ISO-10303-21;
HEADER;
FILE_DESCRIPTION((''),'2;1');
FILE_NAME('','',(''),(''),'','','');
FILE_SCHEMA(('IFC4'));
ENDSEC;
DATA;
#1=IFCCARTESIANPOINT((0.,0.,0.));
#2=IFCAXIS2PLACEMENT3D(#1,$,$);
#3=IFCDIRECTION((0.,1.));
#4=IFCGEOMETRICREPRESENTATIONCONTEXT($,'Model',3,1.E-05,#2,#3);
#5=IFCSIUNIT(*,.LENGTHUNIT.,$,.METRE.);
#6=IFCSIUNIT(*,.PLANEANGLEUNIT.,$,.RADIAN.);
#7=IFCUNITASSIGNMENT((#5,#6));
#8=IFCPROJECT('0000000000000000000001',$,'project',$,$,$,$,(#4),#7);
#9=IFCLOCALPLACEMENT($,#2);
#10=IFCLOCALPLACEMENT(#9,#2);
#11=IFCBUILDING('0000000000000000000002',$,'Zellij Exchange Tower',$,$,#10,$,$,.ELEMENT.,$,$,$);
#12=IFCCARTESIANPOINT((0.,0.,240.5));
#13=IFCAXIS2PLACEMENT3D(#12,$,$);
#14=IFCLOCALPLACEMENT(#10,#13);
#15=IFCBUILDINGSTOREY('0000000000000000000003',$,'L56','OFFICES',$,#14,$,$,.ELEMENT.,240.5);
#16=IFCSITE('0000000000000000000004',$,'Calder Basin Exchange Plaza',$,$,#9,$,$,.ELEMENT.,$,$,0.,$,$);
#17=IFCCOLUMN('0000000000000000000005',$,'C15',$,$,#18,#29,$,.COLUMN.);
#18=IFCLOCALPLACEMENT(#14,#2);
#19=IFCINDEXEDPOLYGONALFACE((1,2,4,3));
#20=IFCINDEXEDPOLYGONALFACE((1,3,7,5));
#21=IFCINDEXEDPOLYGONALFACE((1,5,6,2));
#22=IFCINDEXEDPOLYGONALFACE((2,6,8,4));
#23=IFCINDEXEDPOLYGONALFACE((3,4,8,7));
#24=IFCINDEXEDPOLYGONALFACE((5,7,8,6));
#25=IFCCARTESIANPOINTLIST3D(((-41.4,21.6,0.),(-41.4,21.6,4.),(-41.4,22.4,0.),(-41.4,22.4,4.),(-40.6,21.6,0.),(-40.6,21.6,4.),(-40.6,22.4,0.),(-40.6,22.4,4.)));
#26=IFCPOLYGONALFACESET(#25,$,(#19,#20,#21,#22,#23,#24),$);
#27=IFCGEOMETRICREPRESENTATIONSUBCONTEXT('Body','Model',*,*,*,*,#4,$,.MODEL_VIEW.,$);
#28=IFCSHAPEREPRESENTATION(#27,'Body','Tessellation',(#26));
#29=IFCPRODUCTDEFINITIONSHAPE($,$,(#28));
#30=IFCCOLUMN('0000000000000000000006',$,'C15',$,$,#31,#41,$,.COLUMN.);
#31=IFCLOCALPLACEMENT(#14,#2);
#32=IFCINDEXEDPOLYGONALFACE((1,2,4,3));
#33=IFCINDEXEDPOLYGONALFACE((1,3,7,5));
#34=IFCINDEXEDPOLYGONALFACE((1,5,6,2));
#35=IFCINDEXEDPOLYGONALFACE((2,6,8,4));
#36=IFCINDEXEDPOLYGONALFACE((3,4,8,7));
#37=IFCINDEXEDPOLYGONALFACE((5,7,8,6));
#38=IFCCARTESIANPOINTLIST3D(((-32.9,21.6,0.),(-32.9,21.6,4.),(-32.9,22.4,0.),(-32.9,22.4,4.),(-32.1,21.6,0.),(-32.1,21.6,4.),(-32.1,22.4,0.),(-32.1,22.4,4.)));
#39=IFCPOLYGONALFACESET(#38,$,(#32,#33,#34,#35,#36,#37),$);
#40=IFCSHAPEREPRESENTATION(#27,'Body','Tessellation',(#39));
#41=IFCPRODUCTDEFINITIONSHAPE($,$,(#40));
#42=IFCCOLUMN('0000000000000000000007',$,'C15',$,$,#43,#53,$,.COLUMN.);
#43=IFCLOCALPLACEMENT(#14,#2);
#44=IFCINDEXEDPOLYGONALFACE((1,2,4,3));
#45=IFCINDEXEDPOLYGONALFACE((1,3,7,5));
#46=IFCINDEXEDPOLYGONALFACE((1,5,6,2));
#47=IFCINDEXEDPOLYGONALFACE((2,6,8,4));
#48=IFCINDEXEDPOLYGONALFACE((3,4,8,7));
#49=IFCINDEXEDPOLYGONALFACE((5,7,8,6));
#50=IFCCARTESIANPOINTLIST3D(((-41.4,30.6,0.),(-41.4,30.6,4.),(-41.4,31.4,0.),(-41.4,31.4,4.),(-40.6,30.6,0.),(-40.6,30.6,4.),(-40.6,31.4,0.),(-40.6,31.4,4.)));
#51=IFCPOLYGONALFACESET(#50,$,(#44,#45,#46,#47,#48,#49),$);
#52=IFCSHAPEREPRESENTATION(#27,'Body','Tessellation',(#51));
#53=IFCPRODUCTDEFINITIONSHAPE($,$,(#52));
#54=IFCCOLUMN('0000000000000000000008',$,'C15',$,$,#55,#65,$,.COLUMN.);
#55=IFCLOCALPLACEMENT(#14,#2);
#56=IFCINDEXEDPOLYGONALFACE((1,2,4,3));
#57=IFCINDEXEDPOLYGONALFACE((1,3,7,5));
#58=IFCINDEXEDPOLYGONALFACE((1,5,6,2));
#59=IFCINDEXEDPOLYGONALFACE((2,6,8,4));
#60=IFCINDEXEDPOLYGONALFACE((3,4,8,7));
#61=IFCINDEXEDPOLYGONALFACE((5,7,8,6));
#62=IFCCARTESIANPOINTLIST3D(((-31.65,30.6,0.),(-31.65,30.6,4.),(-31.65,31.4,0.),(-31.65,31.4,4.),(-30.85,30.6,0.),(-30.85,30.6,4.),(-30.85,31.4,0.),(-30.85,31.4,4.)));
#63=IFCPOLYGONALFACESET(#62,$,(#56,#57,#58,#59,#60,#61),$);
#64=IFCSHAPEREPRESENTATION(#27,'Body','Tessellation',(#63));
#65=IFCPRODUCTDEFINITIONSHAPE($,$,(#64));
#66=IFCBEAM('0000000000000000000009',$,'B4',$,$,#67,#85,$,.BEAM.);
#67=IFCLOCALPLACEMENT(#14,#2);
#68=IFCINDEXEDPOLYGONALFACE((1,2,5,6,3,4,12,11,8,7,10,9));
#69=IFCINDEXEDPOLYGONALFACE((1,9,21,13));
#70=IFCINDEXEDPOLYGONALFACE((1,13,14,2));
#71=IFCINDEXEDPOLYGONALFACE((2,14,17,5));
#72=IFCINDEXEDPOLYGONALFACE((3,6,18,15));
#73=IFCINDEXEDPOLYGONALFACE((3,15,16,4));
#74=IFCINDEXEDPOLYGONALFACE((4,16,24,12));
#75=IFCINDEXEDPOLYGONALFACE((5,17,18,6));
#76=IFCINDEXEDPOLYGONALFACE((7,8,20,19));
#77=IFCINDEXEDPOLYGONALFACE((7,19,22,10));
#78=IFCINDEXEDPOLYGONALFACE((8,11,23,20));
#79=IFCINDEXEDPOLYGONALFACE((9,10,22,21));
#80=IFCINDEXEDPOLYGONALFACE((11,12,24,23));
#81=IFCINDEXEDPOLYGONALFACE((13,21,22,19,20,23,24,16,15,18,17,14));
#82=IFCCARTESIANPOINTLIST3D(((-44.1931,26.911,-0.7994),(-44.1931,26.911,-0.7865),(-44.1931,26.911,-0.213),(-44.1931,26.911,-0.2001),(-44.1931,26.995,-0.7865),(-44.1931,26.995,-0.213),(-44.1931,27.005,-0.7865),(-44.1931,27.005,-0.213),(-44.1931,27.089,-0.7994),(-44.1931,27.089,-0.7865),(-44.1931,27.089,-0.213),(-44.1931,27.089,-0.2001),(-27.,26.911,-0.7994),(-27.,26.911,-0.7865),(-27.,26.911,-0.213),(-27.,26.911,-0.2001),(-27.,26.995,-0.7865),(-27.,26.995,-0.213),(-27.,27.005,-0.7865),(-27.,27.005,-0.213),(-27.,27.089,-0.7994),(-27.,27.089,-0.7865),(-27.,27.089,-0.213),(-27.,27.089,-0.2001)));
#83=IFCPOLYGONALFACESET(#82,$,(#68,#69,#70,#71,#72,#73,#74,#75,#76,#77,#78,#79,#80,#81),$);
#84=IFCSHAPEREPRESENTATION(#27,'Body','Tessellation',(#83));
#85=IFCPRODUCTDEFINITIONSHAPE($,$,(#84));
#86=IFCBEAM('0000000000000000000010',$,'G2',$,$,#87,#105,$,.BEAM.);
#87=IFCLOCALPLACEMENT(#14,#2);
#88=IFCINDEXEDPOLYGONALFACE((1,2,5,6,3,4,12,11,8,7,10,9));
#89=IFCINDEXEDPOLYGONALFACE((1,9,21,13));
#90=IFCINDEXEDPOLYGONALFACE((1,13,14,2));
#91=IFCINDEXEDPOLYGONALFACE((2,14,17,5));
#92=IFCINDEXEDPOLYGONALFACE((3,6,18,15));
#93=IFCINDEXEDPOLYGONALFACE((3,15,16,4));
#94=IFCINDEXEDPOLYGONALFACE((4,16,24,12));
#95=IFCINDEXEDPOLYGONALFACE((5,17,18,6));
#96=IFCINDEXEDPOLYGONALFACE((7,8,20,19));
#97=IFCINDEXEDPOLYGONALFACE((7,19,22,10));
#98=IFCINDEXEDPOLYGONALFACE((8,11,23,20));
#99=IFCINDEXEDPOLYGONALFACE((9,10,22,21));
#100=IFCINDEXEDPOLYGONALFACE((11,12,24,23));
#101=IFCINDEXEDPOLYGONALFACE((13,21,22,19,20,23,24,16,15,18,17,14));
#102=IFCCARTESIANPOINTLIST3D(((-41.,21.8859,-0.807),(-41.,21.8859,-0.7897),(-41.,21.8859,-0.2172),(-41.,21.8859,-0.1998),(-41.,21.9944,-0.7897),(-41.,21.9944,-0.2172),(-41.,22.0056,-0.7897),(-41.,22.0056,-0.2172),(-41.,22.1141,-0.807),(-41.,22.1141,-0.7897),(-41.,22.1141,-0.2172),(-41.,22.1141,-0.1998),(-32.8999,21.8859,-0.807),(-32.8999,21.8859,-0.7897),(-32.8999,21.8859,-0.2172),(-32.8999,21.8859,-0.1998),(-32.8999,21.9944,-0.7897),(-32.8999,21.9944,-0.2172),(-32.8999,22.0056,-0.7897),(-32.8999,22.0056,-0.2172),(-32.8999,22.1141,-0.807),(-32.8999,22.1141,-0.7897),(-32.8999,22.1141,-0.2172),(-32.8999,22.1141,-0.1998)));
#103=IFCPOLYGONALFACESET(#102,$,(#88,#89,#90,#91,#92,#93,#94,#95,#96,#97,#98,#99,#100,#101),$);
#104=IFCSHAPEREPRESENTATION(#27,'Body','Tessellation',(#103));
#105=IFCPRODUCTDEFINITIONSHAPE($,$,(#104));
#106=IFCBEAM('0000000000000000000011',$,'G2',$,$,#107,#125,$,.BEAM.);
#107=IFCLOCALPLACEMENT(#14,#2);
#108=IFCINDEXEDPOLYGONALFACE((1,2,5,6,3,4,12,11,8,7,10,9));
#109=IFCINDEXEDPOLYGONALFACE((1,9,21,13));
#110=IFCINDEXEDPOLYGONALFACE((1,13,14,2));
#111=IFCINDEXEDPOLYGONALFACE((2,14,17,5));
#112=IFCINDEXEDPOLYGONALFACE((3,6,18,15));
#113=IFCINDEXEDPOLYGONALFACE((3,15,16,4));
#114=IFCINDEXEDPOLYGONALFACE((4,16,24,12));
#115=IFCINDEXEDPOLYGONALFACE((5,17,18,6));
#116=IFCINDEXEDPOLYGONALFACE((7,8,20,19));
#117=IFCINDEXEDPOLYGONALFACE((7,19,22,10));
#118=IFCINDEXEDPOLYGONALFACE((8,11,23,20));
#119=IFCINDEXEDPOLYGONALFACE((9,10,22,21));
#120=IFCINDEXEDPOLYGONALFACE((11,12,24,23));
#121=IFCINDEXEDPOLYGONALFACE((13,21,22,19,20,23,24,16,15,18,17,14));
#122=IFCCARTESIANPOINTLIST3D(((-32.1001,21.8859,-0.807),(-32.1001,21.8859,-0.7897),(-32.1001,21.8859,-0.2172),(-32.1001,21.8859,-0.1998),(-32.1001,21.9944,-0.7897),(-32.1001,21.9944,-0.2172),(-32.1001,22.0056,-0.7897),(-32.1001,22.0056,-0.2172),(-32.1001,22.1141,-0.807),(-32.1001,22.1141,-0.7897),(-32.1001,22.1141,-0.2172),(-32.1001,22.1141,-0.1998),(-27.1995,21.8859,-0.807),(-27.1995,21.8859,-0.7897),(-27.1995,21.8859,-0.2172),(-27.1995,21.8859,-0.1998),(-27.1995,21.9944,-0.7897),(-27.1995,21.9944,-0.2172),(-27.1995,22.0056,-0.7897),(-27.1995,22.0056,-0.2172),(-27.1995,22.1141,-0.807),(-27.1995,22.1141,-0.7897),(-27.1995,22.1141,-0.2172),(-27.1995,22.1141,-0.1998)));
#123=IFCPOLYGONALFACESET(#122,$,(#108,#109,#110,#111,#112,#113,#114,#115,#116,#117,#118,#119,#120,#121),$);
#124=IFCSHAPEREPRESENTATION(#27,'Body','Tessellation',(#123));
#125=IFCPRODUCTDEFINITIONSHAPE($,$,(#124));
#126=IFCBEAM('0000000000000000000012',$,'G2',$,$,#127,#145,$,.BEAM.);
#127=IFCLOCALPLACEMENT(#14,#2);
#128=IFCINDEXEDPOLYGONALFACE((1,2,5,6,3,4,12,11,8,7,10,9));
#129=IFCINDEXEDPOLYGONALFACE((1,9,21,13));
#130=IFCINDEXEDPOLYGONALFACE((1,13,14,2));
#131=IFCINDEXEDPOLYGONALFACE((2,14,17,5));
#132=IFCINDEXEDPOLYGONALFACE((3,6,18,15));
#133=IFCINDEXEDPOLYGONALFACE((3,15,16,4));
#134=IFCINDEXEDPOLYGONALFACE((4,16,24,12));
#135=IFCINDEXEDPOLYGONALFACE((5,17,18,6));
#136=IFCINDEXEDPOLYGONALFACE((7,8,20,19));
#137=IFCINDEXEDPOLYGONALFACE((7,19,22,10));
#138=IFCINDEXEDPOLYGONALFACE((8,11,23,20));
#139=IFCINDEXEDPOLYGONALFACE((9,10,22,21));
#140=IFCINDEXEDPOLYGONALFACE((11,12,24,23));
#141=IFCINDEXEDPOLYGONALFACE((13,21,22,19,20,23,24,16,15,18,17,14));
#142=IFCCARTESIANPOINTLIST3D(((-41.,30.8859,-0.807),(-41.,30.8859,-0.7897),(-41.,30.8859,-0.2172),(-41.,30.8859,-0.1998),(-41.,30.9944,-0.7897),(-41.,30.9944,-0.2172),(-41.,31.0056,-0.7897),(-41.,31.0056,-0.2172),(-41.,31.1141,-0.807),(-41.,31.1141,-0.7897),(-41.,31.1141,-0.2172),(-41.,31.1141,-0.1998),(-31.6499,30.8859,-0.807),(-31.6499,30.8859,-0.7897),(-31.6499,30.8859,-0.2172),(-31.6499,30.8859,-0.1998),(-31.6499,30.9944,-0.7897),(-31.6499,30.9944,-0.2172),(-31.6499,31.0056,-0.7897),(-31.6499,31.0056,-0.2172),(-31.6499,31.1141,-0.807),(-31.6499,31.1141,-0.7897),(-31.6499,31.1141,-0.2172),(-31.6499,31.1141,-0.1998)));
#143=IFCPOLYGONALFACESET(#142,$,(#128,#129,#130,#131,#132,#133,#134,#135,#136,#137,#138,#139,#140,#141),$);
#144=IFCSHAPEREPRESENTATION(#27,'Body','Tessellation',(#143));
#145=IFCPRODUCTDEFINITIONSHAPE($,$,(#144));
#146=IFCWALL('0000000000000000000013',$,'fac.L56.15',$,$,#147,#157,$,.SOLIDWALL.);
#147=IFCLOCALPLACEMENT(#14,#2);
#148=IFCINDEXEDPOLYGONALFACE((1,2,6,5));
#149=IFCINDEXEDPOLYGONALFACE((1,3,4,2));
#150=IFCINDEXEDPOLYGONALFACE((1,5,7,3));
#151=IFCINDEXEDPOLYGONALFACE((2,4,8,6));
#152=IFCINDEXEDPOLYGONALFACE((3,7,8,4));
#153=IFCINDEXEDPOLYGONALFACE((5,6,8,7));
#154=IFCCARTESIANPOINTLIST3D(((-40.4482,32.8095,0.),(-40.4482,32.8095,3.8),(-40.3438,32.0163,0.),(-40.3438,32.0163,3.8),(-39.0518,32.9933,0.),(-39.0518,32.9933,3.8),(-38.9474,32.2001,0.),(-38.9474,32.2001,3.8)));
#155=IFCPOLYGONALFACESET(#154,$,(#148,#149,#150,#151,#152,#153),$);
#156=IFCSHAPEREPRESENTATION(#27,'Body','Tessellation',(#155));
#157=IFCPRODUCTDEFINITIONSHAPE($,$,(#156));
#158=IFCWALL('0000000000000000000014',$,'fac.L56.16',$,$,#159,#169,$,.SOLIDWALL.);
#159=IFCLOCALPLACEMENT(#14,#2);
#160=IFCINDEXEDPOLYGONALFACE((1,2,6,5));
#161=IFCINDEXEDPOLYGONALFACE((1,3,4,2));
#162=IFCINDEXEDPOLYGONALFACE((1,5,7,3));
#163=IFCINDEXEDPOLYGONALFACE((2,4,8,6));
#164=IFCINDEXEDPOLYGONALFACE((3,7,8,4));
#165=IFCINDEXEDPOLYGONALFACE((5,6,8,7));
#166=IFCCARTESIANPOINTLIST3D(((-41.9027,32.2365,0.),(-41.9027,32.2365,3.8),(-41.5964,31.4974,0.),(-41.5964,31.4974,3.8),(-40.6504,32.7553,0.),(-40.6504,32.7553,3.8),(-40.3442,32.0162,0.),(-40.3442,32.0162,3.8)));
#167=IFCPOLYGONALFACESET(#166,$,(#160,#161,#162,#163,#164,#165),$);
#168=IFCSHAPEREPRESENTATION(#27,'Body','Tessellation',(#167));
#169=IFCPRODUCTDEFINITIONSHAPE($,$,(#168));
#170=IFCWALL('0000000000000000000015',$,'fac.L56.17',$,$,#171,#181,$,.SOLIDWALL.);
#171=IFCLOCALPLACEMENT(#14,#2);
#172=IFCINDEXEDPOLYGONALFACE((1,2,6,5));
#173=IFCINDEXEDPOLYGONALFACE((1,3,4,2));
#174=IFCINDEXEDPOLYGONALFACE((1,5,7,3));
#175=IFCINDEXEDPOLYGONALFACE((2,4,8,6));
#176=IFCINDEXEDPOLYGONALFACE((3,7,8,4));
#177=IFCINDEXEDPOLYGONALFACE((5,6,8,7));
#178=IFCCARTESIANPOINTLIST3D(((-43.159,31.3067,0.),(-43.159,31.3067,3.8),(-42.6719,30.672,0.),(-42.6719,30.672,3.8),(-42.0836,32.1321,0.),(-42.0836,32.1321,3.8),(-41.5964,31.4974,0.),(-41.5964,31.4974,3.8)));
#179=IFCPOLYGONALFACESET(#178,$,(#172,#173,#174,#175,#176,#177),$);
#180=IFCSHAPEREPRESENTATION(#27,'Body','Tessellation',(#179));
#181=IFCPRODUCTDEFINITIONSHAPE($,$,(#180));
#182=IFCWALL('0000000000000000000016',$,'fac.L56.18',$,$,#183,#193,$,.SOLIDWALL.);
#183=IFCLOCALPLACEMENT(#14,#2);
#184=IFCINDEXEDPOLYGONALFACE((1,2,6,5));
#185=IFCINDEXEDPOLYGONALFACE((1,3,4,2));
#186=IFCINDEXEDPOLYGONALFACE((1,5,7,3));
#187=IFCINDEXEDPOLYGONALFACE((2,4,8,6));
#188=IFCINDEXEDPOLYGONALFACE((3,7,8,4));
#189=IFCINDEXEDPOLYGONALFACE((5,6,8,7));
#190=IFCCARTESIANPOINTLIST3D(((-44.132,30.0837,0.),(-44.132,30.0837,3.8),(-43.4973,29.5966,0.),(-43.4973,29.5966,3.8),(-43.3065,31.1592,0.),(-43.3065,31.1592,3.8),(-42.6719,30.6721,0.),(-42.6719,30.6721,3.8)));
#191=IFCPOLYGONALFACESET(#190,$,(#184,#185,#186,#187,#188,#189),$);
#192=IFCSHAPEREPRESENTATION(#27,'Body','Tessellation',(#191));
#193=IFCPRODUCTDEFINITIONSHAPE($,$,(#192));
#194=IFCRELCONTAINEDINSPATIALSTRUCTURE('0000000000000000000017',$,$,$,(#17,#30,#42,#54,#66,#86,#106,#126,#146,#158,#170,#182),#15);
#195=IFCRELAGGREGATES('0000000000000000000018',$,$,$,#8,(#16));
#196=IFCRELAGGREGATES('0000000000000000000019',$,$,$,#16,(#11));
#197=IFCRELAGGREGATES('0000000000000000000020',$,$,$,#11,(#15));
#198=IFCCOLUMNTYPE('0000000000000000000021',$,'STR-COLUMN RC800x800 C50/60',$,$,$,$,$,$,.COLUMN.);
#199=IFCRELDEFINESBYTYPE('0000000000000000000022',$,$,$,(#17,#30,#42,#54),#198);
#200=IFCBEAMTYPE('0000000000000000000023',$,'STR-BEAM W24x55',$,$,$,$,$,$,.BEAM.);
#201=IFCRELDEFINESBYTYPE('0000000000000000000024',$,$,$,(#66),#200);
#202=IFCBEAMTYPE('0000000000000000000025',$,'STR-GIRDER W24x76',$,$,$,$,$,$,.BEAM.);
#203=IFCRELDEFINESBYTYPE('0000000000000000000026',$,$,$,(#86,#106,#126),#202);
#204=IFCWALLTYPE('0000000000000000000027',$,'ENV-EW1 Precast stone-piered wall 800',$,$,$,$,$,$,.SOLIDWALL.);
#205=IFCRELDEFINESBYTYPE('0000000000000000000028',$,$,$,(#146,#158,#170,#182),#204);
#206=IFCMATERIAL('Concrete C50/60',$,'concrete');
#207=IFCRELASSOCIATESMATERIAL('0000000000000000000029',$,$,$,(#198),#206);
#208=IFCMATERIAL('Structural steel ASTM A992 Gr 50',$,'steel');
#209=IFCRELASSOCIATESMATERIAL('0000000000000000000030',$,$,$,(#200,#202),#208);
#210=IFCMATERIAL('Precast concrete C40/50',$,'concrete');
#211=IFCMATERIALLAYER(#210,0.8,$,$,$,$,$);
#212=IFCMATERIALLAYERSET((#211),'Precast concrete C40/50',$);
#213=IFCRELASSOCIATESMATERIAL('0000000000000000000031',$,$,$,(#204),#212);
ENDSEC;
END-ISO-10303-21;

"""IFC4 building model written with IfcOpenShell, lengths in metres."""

from ifc_helpers import new_model, si_unit, direction, frame, frame_2d, origin, origin_2d, place, context, subcontext, project, spatial, rectangle, i_section, extrude, material, layer, layer_set, material_profile, profile_set, type_object, element, save


model = new_model("IFC4")

# Units and contexts
model_context = context("Model", 3, precision=1e-05, world=origin(), true_north=direction((0.0, 1.0)))
body_context = subcontext(model_context, "Body", "Model", "MODEL_VIEW")
ifc_project = project(units=[si_unit("LENGTHUNIT", "METRE"), si_unit("PLANEANGLEUNIT", "RADIAN")], contexts=[model_context])

# Site, building, storey
site_placement = place(None, origin())
site = spatial("IfcSite", under=ifc_project, at=site_placement, Name="Calder Basin Exchange Plaza", CompositionType="ELEMENT", RefElevation=0.0)
building_placement = place(site_placement, origin())
building = spatial("IfcBuilding", under=site, at=building_placement, Name="Zellij Exchange Tower", CompositionType="ELEMENT")
storey_placement = place(building_placement, frame((0.0, 0.0, 240.5)))
storey = spatial("IfcBuildingStorey", under=building, at=storey_placement, Name="L56", Description="OFFICES", CompositionType="ELEMENT", Elevation=240.5)

# Columns
ifc_material_1 = material(Name="Concrete C50/60", Category="concrete")
ifc_material_profile_1 = material_profile(ifc_material_1, rectangle(XDim=0.8, YDim=0.8, at=origin_2d()), Name="STR-COLUMN RC800x800 C50/60")
ifc_profile_set_1 = profile_set([ifc_material_profile_1], Name="Concrete C50/60")
column_type = type_object("IfcColumnType", Name="STR-COLUMN RC800x800 C50/60", PredefinedType="COLUMN", material=ifc_profile_set_1)
for number, where, z_axis, x_axis, name in (
    (1, (-41.0, 22.0, 0.0), (0.0, 0.0, 1.0), (1.0, 0.0, 0.0), "C15"),
    (2, (-32.5, 22.0, 0.0), (0.0, 0.0, 1.0), (1.0, 0.0, 0.0), "C15"),
    (3, (-41.0, 31.0, 0.0), (0.0, 0.0, 1.0), (1.0, 0.0, 0.0), "C15"),
    (4, (-31.25, 31.0, 0.0), (0.0, 0.0, 1.0), (1.0, 0.0, 0.0), "C15"),
):
    element("IfcColumn", number, at=place(storey_placement, frame(where, z_axis=z_axis, x_axis=x_axis)), inside=storey, type_object=column_type, Name=name, PredefinedType="COLUMN", context=body_context, shape_type="SweptSolid", body=[
        extrude(rectangle(XDim=0.8, YDim=0.8, at=origin_2d()), origin(), (0.0, 0.0, 1.0), 4.0),
    ])

# Beams
ifc_material_2 = material(Name="Structural steel ASTM A992 Gr 50", Category="steel")
ifc_material_profile_2 = material_profile(ifc_material_2, i_section(OverallWidth=0.178, OverallDepth=0.5994, WebThickness=0.01, FlangeThickness=0.0129, at=origin_2d()), Name="W24x55")
ifc_profile_set_2 = profile_set([ifc_material_profile_2], Name="Structural steel ASTM A992 Gr 50")
beam_type_1 = type_object("IfcBeamType", Name="STR-BEAM W24x55", PredefinedType="BEAM", material=ifc_profile_set_2)
beam_1_placement = place(storey_placement, frame((-44.1931, 27.0, -0.4998), z_axis=(1.0, 0.0, 0.0), x_axis=(0.0, 1.0, 0.0)))
element("IfcBeam", 5, at=beam_1_placement, inside=storey, type_object=beam_type_1, Name="B4", PredefinedType="BEAM", context=body_context, shape_type="SweptSolid", body=[
    extrude(i_section(OverallWidth=0.178, OverallDepth=0.5994, WebThickness=0.01, FlangeThickness=0.0129, at=origin_2d()), origin(), (0.0, 0.0, 1.0), 17.1931),
])
ifc_material_profile_3 = material_profile(ifc_material_2, i_section(OverallWidth=0.2283, OverallDepth=0.6072, WebThickness=0.0112, FlangeThickness=0.0173, at=origin_2d()), Name="W24x76")
ifc_profile_set_3 = profile_set([ifc_material_profile_3], Name="Structural steel ASTM A992 Gr 50")
beam_type_2 = type_object("IfcBeamType", Name="STR-GIRDER W24x76", PredefinedType="BEAM", material=ifc_profile_set_3)
beam_2_placement = place(storey_placement, frame((-41.0, 22.0, -0.5034), z_axis=(1.0, 0.0, 0.0), x_axis=(0.0, 1.0, 0.0)))
element("IfcBeam", 6, at=beam_2_placement, inside=storey, type_object=beam_type_2, Name="G2", PredefinedType="BEAM", context=body_context, shape_type="SweptSolid", body=[
    extrude(i_section(OverallWidth=0.2283, OverallDepth=0.6072, WebThickness=0.0112, FlangeThickness=0.0173, at=origin_2d()), origin(), (0.0, 0.0, 1.0), 8.1001),
])
beam_3_placement = place(storey_placement, frame((-32.1001, 22.0, -0.5034), z_axis=(1.0, 0.0, 0.0), x_axis=(0.0, 1.0, 0.0)))
element("IfcBeam", 7, at=beam_3_placement, inside=storey, type_object=beam_type_2, Name="G2", PredefinedType="BEAM", context=body_context, shape_type="SweptSolid", body=[
    extrude(i_section(OverallWidth=0.2283, OverallDepth=0.6072, WebThickness=0.0112, FlangeThickness=0.0173, at=origin_2d()), origin(), (0.0, 0.0, 1.0), 4.9006),
])
beam_4_placement = place(storey_placement, frame((-41.0, 31.0, -0.5034), z_axis=(1.0, 0.0, 0.0), x_axis=(0.0, 1.0, 0.0)))
element("IfcBeam", 8, at=beam_4_placement, inside=storey, type_object=beam_type_2, Name="G2", PredefinedType="BEAM", context=body_context, shape_type="SweptSolid", body=[
    extrude(i_section(OverallWidth=0.2283, OverallDepth=0.6072, WebThickness=0.0112, FlangeThickness=0.0173, at=origin_2d()), origin(), (0.0, 0.0, 1.0), 9.3501),
])

# Walls
ifc_material_3 = material(Name="Precast concrete C40/50", Category="concrete")
ifc_layer_1 = layer(ifc_material_3, 0.8)
ifc_layer_set_1 = layer_set([ifc_layer_1], Name="Precast concrete C40/50")
wall_type_1 = type_object("IfcWallType", Name="ENV-EW1 Precast stone-piered wall 800", PredefinedType="SOLIDWALL", material=ifc_layer_set_1)
wall_1_placement = place(storey_placement, frame((-38.9998, 32.5967, 0.0), z_axis=(0.0, 0.0, 1.0), x_axis=(-0.991446, -0.130517, 0.0)))
element("IfcWall", 9, at=wall_1_placement, inside=storey, type_object=wall_type_1, Name="fac.L56.15", PredefinedType="SOLIDWALL", context=body_context, shape_type="SweptSolid", body=[
    extrude(rectangle(XDim=1.4084, YDim=0.8, at=frame_2d((0.7041, 0.0))), origin(), (0.0, 0.0, 1.0), 3.8),
])
wall_2_placement = place(storey_placement, frame((-40.4973, 32.3857, 0.0), z_axis=(0.0, 0.0, 1.0), x_axis=(-0.923848, -0.38276, 0.0)))
element("IfcWall", 10, at=wall_2_placement, inside=storey, type_object=wall_type_1, Name="fac.L56.16", PredefinedType="SOLIDWALL", context=body_context, shape_type="SweptSolid", body=[
    extrude(rectangle(XDim=1.3555, YDim=0.8, at=frame_2d((0.6777, 0.0))), origin(), (0.0, 0.0, 1.0), 3.8),
])
for number, where, z_axis, x_axis, name in (
    (11, (-41.8401, 31.8147, 0.0), (0.0, 0.0, 1.0), (-0.793273, -0.608866, 0.0), "fac.L56.17"),
    (12, (-42.9893, 30.9155, 0.0), (0.0, 0.0, 1.0), (-0.608866, -0.793273, 0.0), "fac.L56.18"),
):
    element("IfcWall", number, at=place(storey_placement, frame(where, z_axis=z_axis, x_axis=x_axis)), inside=storey, type_object=wall_type_1, Name=name, PredefinedType="SOLIDWALL", context=body_context, shape_type="SweptSolid", body=[
        extrude(rectangle(XDim=1.3557, YDim=0.8, at=frame_2d((0.6777, 0.0))), origin(), (0.0, 0.0, 1.0), 3.8),
    ])

save(model, "model.ifc")
